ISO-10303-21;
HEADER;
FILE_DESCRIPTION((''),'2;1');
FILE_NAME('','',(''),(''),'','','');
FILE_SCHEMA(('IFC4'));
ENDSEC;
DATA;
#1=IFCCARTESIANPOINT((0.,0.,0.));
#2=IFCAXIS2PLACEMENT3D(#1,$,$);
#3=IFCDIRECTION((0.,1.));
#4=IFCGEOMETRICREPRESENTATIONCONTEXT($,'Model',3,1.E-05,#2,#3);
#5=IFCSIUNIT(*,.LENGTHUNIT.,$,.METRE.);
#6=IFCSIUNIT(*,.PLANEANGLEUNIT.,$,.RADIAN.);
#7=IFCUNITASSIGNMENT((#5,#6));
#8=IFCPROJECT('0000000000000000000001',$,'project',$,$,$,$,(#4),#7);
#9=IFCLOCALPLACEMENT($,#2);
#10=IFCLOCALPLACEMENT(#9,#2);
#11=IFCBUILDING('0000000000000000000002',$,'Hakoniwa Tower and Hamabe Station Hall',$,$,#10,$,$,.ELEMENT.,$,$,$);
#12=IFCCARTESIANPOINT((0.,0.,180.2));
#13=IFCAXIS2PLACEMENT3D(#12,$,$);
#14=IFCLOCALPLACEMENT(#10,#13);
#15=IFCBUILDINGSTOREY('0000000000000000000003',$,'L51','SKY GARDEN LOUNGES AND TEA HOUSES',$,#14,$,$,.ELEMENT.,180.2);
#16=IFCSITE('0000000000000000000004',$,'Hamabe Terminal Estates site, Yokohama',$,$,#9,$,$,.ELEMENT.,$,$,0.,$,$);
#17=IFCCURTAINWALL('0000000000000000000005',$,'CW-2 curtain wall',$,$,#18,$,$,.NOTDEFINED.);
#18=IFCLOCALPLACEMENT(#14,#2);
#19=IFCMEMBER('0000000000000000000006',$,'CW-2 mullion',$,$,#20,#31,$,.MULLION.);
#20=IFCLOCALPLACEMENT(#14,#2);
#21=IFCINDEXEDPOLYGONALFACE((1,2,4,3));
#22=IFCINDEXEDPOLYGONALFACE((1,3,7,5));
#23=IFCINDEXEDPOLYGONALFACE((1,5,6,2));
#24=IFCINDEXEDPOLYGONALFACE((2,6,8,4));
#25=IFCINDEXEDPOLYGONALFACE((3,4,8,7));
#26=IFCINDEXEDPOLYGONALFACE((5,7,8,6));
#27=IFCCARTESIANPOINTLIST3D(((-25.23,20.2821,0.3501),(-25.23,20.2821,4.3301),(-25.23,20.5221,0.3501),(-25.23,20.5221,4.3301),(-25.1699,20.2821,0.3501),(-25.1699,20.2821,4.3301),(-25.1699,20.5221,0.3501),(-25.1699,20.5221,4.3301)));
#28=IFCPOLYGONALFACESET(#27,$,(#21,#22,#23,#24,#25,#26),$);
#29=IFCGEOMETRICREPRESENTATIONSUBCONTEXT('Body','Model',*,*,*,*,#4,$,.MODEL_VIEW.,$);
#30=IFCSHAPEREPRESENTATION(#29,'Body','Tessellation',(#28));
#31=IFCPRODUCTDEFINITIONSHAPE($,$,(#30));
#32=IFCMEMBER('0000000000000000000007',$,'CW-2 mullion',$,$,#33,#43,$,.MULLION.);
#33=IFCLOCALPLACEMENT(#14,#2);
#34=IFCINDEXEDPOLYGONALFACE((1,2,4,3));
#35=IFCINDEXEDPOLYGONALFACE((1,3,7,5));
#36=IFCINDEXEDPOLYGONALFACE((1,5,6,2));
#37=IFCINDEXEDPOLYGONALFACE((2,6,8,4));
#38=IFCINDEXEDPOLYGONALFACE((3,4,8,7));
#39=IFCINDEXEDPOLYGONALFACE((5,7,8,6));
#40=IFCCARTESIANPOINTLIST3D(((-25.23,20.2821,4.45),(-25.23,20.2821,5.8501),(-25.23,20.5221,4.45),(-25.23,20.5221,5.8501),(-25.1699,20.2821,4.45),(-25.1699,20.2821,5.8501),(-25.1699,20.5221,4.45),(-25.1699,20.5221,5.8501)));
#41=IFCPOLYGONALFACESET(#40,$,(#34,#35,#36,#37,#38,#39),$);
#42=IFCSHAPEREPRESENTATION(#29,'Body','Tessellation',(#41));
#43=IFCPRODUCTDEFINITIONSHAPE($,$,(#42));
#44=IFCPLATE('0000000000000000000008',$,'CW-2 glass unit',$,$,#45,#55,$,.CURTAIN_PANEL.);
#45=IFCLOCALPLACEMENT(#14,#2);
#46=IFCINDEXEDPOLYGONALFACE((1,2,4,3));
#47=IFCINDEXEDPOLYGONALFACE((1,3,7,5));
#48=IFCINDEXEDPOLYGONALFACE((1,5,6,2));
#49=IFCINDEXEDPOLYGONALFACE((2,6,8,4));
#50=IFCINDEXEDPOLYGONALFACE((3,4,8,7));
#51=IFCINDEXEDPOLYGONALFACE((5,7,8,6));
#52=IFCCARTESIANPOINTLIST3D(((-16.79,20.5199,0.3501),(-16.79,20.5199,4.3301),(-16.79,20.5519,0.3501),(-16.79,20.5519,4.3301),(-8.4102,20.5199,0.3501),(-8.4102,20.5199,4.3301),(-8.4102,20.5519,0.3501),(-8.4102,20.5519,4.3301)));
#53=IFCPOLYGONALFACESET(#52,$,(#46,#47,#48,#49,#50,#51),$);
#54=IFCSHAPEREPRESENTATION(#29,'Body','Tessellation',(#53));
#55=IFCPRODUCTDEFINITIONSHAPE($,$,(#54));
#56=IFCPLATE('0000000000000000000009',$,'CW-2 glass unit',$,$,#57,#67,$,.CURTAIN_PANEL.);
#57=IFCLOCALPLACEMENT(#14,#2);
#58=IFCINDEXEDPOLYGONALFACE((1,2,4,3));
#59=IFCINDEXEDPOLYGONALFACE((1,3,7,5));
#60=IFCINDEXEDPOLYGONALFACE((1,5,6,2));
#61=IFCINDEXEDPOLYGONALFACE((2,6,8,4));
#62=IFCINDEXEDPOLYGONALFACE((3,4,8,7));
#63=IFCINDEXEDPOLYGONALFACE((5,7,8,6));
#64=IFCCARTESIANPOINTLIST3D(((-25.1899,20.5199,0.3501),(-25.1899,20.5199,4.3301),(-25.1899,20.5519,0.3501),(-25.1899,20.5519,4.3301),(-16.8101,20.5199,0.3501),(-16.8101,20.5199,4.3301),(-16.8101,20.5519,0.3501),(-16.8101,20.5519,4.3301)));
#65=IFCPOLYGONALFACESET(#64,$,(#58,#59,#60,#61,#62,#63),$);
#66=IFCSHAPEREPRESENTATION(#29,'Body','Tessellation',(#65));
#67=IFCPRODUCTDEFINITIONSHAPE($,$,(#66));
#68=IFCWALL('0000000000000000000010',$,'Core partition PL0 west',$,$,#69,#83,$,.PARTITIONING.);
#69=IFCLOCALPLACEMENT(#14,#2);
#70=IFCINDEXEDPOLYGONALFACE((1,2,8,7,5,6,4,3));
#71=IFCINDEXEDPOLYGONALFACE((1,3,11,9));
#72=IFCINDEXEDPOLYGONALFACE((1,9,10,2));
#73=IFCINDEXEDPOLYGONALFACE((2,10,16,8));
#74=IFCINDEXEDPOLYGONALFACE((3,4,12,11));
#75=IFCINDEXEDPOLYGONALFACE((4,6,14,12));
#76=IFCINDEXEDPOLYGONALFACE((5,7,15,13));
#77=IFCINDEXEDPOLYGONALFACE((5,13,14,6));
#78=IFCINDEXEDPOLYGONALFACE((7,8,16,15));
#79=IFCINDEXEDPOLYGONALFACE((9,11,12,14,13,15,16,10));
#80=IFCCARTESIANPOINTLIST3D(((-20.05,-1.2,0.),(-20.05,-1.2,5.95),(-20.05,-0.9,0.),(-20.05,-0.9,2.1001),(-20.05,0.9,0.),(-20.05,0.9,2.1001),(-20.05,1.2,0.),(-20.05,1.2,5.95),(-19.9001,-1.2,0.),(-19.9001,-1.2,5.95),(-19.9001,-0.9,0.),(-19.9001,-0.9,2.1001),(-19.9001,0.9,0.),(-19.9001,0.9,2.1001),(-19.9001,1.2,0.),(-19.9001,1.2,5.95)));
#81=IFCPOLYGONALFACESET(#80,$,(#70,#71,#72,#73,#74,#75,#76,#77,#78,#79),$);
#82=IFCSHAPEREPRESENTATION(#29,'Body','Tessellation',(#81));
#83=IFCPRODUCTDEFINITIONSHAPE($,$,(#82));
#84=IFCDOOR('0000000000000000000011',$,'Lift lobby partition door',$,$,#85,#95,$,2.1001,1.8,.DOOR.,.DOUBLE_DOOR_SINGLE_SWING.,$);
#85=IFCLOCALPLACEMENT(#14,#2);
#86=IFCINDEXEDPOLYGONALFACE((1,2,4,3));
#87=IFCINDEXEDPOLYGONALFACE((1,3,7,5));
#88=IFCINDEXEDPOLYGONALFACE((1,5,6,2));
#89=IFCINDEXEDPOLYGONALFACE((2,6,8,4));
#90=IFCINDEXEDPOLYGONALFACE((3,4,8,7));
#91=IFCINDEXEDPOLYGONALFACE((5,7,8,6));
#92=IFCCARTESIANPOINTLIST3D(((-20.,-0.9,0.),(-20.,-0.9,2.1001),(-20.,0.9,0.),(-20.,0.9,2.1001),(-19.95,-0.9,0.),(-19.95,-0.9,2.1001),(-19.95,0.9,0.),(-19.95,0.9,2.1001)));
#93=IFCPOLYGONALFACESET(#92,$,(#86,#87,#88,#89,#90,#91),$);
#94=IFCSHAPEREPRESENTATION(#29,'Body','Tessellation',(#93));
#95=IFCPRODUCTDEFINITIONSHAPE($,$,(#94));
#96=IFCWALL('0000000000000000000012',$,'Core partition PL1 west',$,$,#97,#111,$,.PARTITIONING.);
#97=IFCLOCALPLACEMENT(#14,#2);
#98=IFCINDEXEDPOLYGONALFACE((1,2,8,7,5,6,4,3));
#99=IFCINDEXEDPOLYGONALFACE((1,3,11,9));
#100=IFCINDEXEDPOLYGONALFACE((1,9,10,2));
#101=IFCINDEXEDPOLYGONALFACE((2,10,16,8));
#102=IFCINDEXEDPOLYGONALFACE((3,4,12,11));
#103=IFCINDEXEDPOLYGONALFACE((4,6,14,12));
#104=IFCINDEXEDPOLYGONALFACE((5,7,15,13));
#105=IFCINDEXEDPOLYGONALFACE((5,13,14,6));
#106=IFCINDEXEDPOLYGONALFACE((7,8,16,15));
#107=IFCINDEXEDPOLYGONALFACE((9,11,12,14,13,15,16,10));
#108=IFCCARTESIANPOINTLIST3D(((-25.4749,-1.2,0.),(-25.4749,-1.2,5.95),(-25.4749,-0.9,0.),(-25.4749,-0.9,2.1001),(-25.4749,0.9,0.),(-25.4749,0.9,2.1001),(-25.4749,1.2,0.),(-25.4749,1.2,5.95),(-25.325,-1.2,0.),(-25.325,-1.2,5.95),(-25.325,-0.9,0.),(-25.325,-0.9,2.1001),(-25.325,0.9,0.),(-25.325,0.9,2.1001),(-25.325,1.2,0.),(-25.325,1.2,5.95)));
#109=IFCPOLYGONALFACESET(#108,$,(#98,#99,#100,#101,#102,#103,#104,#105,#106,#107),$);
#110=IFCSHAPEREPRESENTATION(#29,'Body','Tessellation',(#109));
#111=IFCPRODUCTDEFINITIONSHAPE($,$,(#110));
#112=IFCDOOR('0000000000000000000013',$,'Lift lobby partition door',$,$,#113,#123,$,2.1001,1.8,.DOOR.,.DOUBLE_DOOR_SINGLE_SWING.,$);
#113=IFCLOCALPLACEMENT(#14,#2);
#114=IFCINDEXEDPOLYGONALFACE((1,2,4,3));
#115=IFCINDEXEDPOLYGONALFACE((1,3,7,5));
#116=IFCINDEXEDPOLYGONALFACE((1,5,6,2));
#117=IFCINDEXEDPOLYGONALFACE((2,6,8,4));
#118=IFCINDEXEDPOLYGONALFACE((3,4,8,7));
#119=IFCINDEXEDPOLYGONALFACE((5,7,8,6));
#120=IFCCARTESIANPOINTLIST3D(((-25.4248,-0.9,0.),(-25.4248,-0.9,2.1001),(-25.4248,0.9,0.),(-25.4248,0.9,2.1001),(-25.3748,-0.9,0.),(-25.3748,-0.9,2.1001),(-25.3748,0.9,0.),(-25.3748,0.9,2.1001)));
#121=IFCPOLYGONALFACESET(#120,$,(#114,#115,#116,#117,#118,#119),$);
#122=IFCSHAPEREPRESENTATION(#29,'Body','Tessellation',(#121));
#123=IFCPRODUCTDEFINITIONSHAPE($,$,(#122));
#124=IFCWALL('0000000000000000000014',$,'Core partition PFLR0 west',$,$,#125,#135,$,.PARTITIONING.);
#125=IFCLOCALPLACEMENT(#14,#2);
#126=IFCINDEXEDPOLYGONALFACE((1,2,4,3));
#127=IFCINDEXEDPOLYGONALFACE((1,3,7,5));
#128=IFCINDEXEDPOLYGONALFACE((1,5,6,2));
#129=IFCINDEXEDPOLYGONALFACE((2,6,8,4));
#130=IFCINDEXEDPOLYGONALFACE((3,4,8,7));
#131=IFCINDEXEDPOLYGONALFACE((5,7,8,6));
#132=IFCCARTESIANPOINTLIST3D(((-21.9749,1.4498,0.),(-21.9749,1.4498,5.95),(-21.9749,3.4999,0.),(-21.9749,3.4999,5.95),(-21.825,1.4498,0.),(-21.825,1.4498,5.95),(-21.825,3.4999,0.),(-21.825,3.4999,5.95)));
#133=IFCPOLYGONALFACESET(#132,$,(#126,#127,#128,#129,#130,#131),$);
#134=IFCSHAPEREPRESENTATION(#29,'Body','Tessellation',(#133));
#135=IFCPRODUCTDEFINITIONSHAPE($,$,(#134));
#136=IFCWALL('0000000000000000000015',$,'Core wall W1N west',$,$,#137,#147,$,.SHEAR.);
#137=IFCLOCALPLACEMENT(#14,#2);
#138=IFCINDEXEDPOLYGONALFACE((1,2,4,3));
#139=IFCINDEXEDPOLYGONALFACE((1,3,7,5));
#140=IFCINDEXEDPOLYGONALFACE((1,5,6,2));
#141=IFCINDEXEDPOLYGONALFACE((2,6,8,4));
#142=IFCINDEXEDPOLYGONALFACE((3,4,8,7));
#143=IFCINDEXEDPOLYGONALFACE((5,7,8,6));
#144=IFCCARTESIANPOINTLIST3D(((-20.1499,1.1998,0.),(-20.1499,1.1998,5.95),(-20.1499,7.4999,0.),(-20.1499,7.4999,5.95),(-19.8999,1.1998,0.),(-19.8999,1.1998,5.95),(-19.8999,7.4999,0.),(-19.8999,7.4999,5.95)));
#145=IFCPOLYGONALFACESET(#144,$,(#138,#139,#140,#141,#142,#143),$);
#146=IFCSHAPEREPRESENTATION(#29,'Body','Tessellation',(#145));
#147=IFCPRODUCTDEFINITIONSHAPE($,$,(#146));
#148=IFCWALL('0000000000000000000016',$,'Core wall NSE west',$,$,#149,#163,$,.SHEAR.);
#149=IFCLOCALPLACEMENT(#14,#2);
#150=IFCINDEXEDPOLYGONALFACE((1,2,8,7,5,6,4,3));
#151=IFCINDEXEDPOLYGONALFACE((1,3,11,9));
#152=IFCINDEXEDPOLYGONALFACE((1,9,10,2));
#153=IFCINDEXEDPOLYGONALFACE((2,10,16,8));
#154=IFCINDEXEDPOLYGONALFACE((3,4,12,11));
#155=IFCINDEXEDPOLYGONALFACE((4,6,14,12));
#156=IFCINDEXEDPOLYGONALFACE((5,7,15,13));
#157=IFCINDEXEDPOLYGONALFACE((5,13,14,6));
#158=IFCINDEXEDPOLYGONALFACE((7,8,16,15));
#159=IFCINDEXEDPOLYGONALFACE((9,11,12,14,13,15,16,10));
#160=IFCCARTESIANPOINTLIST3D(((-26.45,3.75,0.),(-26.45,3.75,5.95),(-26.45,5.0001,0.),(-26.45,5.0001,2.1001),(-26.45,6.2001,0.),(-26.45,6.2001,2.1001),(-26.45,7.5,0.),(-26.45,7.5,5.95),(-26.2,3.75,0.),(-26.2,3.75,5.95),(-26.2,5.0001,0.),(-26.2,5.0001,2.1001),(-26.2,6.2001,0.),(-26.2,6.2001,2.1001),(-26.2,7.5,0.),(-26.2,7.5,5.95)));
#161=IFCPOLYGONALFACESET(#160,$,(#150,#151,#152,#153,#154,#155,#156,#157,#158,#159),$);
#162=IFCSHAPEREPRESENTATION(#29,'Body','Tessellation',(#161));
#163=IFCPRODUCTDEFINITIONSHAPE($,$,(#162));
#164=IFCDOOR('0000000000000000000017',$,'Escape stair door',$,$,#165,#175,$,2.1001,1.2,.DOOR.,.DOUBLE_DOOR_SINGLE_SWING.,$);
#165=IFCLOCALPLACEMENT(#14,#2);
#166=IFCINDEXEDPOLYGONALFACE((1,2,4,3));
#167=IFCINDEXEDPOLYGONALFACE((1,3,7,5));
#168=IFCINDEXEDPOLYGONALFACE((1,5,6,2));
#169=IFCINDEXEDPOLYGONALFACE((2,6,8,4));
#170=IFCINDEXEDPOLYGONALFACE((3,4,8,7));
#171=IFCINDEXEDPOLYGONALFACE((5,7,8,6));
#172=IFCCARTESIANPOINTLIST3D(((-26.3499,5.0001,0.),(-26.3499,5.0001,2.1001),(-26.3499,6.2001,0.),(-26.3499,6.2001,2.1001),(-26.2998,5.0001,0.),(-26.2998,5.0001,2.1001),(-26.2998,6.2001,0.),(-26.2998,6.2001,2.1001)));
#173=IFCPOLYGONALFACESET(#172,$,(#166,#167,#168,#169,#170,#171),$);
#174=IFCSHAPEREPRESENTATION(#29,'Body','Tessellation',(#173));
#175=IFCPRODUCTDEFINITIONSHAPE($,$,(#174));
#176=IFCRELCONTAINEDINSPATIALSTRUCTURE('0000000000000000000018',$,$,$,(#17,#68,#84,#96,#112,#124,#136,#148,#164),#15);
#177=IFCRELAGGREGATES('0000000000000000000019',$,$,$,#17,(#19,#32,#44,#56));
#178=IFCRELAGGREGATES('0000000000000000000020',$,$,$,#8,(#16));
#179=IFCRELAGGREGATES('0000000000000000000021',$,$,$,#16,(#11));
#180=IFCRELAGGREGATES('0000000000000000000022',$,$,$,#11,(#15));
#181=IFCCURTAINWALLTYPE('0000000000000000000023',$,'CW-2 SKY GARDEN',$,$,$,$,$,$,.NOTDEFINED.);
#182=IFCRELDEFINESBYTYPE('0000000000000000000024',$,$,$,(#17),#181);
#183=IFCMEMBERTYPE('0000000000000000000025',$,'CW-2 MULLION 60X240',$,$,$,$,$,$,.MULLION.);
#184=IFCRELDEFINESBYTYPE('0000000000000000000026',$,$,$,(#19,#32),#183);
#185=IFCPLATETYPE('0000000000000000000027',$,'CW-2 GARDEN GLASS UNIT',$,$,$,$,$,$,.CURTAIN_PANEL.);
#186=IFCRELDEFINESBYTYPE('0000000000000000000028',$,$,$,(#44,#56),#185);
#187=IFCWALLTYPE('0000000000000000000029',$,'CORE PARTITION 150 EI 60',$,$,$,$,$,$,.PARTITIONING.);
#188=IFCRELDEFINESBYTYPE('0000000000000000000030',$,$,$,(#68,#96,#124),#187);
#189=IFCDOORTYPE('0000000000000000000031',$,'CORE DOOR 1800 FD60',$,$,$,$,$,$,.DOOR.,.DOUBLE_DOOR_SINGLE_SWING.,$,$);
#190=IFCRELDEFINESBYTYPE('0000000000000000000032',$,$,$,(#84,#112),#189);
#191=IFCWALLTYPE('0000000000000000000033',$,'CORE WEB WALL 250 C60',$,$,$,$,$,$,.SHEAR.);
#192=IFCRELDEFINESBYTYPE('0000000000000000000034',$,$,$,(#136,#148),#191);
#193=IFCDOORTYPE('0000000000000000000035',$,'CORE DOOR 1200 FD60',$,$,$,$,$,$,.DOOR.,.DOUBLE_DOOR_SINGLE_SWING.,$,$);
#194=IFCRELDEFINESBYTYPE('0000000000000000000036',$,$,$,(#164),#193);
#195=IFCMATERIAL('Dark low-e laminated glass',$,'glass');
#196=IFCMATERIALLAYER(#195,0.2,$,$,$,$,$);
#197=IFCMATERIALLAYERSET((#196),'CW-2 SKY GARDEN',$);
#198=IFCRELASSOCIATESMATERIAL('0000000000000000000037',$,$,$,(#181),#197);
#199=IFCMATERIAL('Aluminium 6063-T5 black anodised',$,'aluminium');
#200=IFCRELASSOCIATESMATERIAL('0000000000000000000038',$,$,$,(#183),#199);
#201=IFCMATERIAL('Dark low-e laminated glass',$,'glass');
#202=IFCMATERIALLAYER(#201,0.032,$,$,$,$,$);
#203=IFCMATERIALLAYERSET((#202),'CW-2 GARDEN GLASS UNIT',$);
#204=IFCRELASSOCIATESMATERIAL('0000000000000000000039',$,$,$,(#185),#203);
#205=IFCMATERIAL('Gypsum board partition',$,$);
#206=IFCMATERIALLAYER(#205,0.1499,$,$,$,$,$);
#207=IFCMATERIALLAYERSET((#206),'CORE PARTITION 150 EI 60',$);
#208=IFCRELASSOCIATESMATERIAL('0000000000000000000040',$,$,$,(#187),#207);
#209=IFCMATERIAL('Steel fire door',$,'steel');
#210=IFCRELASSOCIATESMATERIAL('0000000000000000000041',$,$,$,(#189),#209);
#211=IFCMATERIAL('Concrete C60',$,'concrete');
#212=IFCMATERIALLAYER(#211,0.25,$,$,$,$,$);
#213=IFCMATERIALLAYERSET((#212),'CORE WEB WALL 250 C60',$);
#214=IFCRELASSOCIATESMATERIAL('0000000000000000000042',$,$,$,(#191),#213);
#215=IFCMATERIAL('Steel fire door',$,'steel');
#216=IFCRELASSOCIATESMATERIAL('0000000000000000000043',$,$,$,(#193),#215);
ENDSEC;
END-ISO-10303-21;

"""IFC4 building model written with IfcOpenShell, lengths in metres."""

from ifc_helpers import new_model, si_unit, direction, frame, frame_2d, origin, origin_2d, place, context, subcontext, project, spatial, rectangle, extrude, material, layer, layer_set, material_profile, profile_set, type_object, element, fill, aggregate, save


model = new_model("IFC4")

# Units and contexts
model_context = context("Model", 3, precision=1e-05, world=origin(), true_north=direction((0.0, 1.0)))
body_context = subcontext(model_context, "Body", "Model", "MODEL_VIEW")
ifc_project = project(units=[si_unit("LENGTHUNIT", "METRE"), si_unit("PLANEANGLEUNIT", "RADIAN")], contexts=[model_context])

# Site, building, storey
site_placement = place(None, origin())
site = spatial("IfcSite", under=ifc_project, at=site_placement, Name="Hamabe Terminal Estates site, Yokohama", CompositionType="ELEMENT", RefElevation=0.0)
building_placement = place(site_placement, origin())
building = spatial("IfcBuilding", under=site, at=building_placement, Name="Hakoniwa Tower and Hamabe Station Hall", CompositionType="ELEMENT")
storey_placement = place(building_placement, frame((0.0, 0.0, 180.2)))
storey = spatial("IfcBuildingStorey", under=building, at=storey_placement, Name="L51", Description="SKY GARDEN LOUNGES AND TEA HOUSES", CompositionType="ELEMENT", Elevation=180.2)

# Curtain wall, members, plates
ifc_material_1 = material(Name="Dark low-e laminated glass", Category="glass")
ifc_layer_1 = layer(ifc_material_1, 0.2)
ifc_layer_set_1 = layer_set([ifc_layer_1], Name="CW-2 SKY GARDEN")
curtain_wall_type = type_object("IfcCurtainWallType", Name="CW-2 SKY GARDEN", PredefinedType="NOTDEFINED", material=ifc_layer_set_1)
curtain_wall_placement = place(storey_placement, origin())
curtain_wall = element("IfcCurtainWall", 1, at=curtain_wall_placement, inside=storey, type_object=curtain_wall_type, Name="CW-2 curtain wall", PredefinedType="NOTDEFINED")
ifc_material_2 = material(Name="Aluminium 6063-T5 black anodised", Category="aluminium")
ifc_material_profile_1 = material_profile(ifc_material_2, rectangle(XDim=0.0601, YDim=0.24, at=origin_2d()), Name="CW-2 MULLION 60X240")
ifc_profile_set_1 = profile_set([ifc_material_profile_1], Name="Aluminium 6063-T5 black anodised")
member_type = type_object("IfcMemberType", Name="CW-2 MULLION 60X240", PredefinedType="MULLION", material=ifc_profile_set_1)
member_1_placement = place(storey_placement, frame((-25.2, 20.4021, 0.3501), z_axis=(0.0, 0.0, 1.0), x_axis=(-1.0, 0.0, 0.0)))
member_1 = element("IfcMember", 2, at=member_1_placement, type_object=member_type, Name="CW-2 mullion", PredefinedType="MULLION", context=body_context, shape_type="SweptSolid", body=[
    extrude(rectangle(XDim=0.0601, YDim=0.24, at=origin_2d()), origin(), (0.0, 0.0, 1.0), 3.98),
])
member_2_placement = place(storey_placement, frame((-25.2, 20.4021, 4.45), z_axis=(0.0, 0.0, 1.0), x_axis=(-1.0, 0.0, 0.0)))
member_2 = element("IfcMember", 3, at=member_2_placement, type_object=member_type, Name="CW-2 mullion", PredefinedType="MULLION", context=body_context, shape_type="SweptSolid", body=[
    extrude(rectangle(XDim=0.0601, YDim=0.24, at=origin_2d()), origin(), (0.0, 0.0, 1.0), 1.4001),
])
ifc_material_3 = material(Name="Dark low-e laminated glass", Category="glass")
ifc_layer_2 = layer(ifc_material_3, 0.032)
ifc_layer_set_2 = layer_set([ifc_layer_2], Name="CW-2 GARDEN GLASS UNIT")
plate_type = type_object("IfcPlateType", Name="CW-2 GARDEN GLASS UNIT", PredefinedType="CURTAIN_PANEL", material=ifc_layer_set_2)
plate_1_placement = place(storey_placement, frame((-12.6001, 20.5359, 0.3501), z_axis=(0.0, 0.0, 1.0), x_axis=(-1.0, 0.0, 0.0)))
plate_1 = element("IfcPlate", 4, at=plate_1_placement, type_object=plate_type, Name="CW-2 glass unit", PredefinedType="CURTAIN_PANEL", context=body_context, shape_type="SweptSolid", body=[
    extrude(rectangle(XDim=8.3799, YDim=0.032, at=origin_2d()), origin(), (0.0, 0.0, 1.0), 3.98),
])
plate_2_placement = place(storey_placement, frame((-21.0, 20.5359, 0.3501), z_axis=(0.0, 0.0, 1.0), x_axis=(-1.0, 0.0, 0.0)))
plate_2 = element("IfcPlate", 5, at=plate_2_placement, type_object=plate_type, Name="CW-2 glass unit", PredefinedType="CURTAIN_PANEL", context=body_context, shape_type="SweptSolid", body=[
    extrude(rectangle(XDim=8.3799, YDim=0.032, at=origin_2d()), origin(), (0.0, 0.0, 1.0), 3.98),
])

# Walls, openings, doors
ifc_material_4 = material(Name="Gypsum board partition")
ifc_layer_3 = layer(ifc_material_4, 0.1499)
ifc_layer_set_3 = layer_set([ifc_layer_3], Name="CORE PARTITION 150 EI 60")
wall_type_1 = type_object("IfcWallType", Name="CORE PARTITION 150 EI 60", PredefinedType="PARTITIONING", material=ifc_layer_set_3)
wall_1_placement = place(storey_placement, frame((-19.9751, -1.2, 0.0), z_axis=(0.0, 0.0, 1.0), x_axis=(0.0, 1.0, 0.0)))
wall_1 = element("IfcWall", 6, at=wall_1_placement, inside=storey, type_object=wall_type_1, Name="Core partition PL0 west", PredefinedType="PARTITIONING", context=body_context, shape_type="SweptSolid", body=[
    extrude(rectangle(XDim=2.3999, YDim=0.1499, at=frame_2d((1.2, 0.0))), origin(), (0.0, 0.0, 1.0), 5.95),
])
opening_1_placement = place(wall_1_placement, frame((0.3, 0.0, 0.0)))
opening_1 = element("IfcOpeningElement", 7, at=opening_1_placement, cuts=wall_1, PredefinedType="OPENING", context=body_context, shape_type="SweptSolid", body=[
    extrude(rectangle(XDim=1.8, YDim=2.1001, at=frame_2d((0.8999, 1.05))), frame((0.0, 0.085, 0.0), z_axis=(0.0, -1.0, 0.0), x_axis=(1.0, 0.0, 0.0)), (0.0, 0.0, 1.0), 0.1699),
])
ifc_material_5 = material(Name="Steel fire door", Category="steel")
door_type_1 = type_object("IfcDoorType", Name="CORE DOOR 1800 FD60", OperationType="DOUBLE_DOOR_SINGLE_SWING", PredefinedType="DOOR", material=ifc_material_5)
door_1_placement = place(opening_1_placement, origin())
door_1 = element("IfcDoor", 8, at=door_1_placement, inside=storey, type_object=door_type_1, Name="Lift lobby partition door", OperationType="DOUBLE_DOOR_SINGLE_SWING", OverallHeight=2.1001, OverallWidth=1.8, PredefinedType="DOOR", context=body_context, shape_type="SweptSolid", body=[
    extrude(rectangle(XDim=1.8, YDim=2.1001, at=frame_2d((0.8999, 1.05))), frame((0.0, 0.0249, 0.0), z_axis=(0.0, -1.0, 0.0), x_axis=(1.0, 0.0, 0.0)), (0.0, 0.0, 1.0), 0.05),
])
fill(opening_1, door_1)
wall_2_placement = place(storey_placement, frame((-25.3999, -1.2, 0.0), z_axis=(0.0, 0.0, 1.0), x_axis=(0.0, 1.0, 0.0)))
wall_2 = element("IfcWall", 9, at=wall_2_placement, inside=storey, type_object=wall_type_1, Name="Core partition PL1 west", PredefinedType="PARTITIONING", context=body_context, shape_type="SweptSolid", body=[
    extrude(rectangle(XDim=2.3999, YDim=0.1499, at=frame_2d((1.2, 0.0))), origin(), (0.0, 0.0, 1.0), 5.95),
])
opening_2_placement = place(wall_2_placement, frame((0.3, 0.0, 0.0)))
opening_2 = element("IfcOpeningElement", 10, at=opening_2_placement, cuts=wall_2, PredefinedType="OPENING", context=body_context, shape_type="SweptSolid", body=[
    extrude(rectangle(XDim=1.8, YDim=2.1001, at=frame_2d((0.8999, 1.05))), frame((0.0, 0.085, 0.0), z_axis=(0.0, -1.0, 0.0), x_axis=(1.0, 0.0, 0.0)), (0.0, 0.0, 1.0), 0.1699),
])
door_2_placement = place(opening_2_placement, origin())
door_2 = element("IfcDoor", 11, at=door_2_placement, inside=storey, type_object=door_type_1, Name="Lift lobby partition door", OperationType="DOUBLE_DOOR_SINGLE_SWING", OverallHeight=2.1001, OverallWidth=1.8, PredefinedType="DOOR", context=body_context, shape_type="SweptSolid", body=[
    extrude(rectangle(XDim=1.8, YDim=2.1001, at=frame_2d((0.8999, 1.05))), frame((0.0, 0.0249, 0.0), z_axis=(0.0, -1.0, 0.0), x_axis=(1.0, 0.0, 0.0)), (0.0, 0.0, 1.0), 0.05),
])
fill(opening_2, door_2)

# Walls
wall_3_placement = place(storey_placement, frame((-21.8999, 1.45, 0.0), z_axis=(0.0, 0.0, 1.0), x_axis=(0.0, 1.0, 0.0)))
element("IfcWall", 12, at=wall_3_placement, inside=storey, type_object=wall_type_1, Name="Core partition PFLR0 west", PredefinedType="PARTITIONING", context=body_context, shape_type="SweptSolid", body=[
    extrude(rectangle(XDim=2.05, YDim=0.1499, at=frame_2d((1.0249, 0.0))), origin(), (0.0, 0.0, 1.0), 5.95),
])
ifc_material_6 = material(Name="Concrete C60", Category="concrete")
ifc_layer_4 = layer(ifc_material_6, 0.25)
ifc_layer_set_4 = layer_set([ifc_layer_4], Name="CORE WEB WALL 250 C60")
wall_type_2 = type_object("IfcWallType", Name="CORE WEB WALL 250 C60", PredefinedType="SHEAR", material=ifc_layer_set_4)
wall_4_placement = place(storey_placement, frame((-20.0249, 1.2, 0.0), z_axis=(0.0, 0.0, 1.0), x_axis=(0.0, 1.0, 0.0)))
element("IfcWall", 13, at=wall_4_placement, inside=storey, type_object=wall_type_2, Name="Core wall W1N west", PredefinedType="SHEAR", context=body_context, shape_type="SweptSolid", body=[
    extrude(rectangle(XDim=6.3, YDim=0.25, at=frame_2d((3.1499, 0.0))), origin(), (0.0, 0.0, 1.0), 5.95),
])

# Wall, opening, door
wall_5_placement = place(storey_placement, frame((-26.325, 3.75, 0.0), z_axis=(0.0, 0.0, 1.0), x_axis=(0.0, 1.0, 0.0)))
wall_5 = element("IfcWall", 14, at=wall_5_placement, inside=storey, type_object=wall_type_2, Name="Core wall NSE west", PredefinedType="SHEAR", context=body_context, shape_type="SweptSolid", body=[
    extrude(rectangle(XDim=3.75, YDim=0.25, at=frame_2d((1.875, 0.0))), origin(), (0.0, 0.0, 1.0), 5.95),
])
opening_3_placement = place(wall_5_placement, frame((1.25, 0.0, 0.0)))
opening_3 = element("IfcOpeningElement", 15, at=opening_3_placement, cuts=wall_5, PredefinedType="OPENING", context=body_context, shape_type="SweptSolid", body=[
    extrude(rectangle(XDim=1.2, YDim=2.1001, at=frame_2d((0.6001, 1.05))), frame((0.0, 0.135, 0.0), z_axis=(0.0, -1.0, 0.0), x_axis=(1.0, 0.0, 0.0)), (0.0, 0.0, 1.0), 0.27),
])
ifc_material_7 = material(Name="Steel fire door", Category="steel")
door_type_2 = type_object("IfcDoorType", Name="CORE DOOR 1200 FD60", OperationType="DOUBLE_DOOR_SINGLE_SWING", PredefinedType="DOOR", material=ifc_material_7)
door_3_placement = place(opening_3_placement, origin())
door_3 = element("IfcDoor", 16, at=door_3_placement, inside=storey, type_object=door_type_2, Name="Escape stair door", OperationType="DOUBLE_DOOR_SINGLE_SWING", OverallHeight=2.1001, OverallWidth=1.2, PredefinedType="DOOR", context=body_context, shape_type="SweptSolid", body=[
    extrude(rectangle(XDim=1.2, YDim=2.1001, at=frame_2d((0.6001, 1.05))), frame((0.0, 0.0249, 0.0), z_axis=(0.0, -1.0, 0.0), x_axis=(1.0, 0.0, 0.0)), (0.0, 0.0, 1.0), 0.05),
])
fill(opening_3, door_3)

aggregate(curtain_wall, [member_1, member_2, plate_1, plate_2])

save(model, "model.ifc")
